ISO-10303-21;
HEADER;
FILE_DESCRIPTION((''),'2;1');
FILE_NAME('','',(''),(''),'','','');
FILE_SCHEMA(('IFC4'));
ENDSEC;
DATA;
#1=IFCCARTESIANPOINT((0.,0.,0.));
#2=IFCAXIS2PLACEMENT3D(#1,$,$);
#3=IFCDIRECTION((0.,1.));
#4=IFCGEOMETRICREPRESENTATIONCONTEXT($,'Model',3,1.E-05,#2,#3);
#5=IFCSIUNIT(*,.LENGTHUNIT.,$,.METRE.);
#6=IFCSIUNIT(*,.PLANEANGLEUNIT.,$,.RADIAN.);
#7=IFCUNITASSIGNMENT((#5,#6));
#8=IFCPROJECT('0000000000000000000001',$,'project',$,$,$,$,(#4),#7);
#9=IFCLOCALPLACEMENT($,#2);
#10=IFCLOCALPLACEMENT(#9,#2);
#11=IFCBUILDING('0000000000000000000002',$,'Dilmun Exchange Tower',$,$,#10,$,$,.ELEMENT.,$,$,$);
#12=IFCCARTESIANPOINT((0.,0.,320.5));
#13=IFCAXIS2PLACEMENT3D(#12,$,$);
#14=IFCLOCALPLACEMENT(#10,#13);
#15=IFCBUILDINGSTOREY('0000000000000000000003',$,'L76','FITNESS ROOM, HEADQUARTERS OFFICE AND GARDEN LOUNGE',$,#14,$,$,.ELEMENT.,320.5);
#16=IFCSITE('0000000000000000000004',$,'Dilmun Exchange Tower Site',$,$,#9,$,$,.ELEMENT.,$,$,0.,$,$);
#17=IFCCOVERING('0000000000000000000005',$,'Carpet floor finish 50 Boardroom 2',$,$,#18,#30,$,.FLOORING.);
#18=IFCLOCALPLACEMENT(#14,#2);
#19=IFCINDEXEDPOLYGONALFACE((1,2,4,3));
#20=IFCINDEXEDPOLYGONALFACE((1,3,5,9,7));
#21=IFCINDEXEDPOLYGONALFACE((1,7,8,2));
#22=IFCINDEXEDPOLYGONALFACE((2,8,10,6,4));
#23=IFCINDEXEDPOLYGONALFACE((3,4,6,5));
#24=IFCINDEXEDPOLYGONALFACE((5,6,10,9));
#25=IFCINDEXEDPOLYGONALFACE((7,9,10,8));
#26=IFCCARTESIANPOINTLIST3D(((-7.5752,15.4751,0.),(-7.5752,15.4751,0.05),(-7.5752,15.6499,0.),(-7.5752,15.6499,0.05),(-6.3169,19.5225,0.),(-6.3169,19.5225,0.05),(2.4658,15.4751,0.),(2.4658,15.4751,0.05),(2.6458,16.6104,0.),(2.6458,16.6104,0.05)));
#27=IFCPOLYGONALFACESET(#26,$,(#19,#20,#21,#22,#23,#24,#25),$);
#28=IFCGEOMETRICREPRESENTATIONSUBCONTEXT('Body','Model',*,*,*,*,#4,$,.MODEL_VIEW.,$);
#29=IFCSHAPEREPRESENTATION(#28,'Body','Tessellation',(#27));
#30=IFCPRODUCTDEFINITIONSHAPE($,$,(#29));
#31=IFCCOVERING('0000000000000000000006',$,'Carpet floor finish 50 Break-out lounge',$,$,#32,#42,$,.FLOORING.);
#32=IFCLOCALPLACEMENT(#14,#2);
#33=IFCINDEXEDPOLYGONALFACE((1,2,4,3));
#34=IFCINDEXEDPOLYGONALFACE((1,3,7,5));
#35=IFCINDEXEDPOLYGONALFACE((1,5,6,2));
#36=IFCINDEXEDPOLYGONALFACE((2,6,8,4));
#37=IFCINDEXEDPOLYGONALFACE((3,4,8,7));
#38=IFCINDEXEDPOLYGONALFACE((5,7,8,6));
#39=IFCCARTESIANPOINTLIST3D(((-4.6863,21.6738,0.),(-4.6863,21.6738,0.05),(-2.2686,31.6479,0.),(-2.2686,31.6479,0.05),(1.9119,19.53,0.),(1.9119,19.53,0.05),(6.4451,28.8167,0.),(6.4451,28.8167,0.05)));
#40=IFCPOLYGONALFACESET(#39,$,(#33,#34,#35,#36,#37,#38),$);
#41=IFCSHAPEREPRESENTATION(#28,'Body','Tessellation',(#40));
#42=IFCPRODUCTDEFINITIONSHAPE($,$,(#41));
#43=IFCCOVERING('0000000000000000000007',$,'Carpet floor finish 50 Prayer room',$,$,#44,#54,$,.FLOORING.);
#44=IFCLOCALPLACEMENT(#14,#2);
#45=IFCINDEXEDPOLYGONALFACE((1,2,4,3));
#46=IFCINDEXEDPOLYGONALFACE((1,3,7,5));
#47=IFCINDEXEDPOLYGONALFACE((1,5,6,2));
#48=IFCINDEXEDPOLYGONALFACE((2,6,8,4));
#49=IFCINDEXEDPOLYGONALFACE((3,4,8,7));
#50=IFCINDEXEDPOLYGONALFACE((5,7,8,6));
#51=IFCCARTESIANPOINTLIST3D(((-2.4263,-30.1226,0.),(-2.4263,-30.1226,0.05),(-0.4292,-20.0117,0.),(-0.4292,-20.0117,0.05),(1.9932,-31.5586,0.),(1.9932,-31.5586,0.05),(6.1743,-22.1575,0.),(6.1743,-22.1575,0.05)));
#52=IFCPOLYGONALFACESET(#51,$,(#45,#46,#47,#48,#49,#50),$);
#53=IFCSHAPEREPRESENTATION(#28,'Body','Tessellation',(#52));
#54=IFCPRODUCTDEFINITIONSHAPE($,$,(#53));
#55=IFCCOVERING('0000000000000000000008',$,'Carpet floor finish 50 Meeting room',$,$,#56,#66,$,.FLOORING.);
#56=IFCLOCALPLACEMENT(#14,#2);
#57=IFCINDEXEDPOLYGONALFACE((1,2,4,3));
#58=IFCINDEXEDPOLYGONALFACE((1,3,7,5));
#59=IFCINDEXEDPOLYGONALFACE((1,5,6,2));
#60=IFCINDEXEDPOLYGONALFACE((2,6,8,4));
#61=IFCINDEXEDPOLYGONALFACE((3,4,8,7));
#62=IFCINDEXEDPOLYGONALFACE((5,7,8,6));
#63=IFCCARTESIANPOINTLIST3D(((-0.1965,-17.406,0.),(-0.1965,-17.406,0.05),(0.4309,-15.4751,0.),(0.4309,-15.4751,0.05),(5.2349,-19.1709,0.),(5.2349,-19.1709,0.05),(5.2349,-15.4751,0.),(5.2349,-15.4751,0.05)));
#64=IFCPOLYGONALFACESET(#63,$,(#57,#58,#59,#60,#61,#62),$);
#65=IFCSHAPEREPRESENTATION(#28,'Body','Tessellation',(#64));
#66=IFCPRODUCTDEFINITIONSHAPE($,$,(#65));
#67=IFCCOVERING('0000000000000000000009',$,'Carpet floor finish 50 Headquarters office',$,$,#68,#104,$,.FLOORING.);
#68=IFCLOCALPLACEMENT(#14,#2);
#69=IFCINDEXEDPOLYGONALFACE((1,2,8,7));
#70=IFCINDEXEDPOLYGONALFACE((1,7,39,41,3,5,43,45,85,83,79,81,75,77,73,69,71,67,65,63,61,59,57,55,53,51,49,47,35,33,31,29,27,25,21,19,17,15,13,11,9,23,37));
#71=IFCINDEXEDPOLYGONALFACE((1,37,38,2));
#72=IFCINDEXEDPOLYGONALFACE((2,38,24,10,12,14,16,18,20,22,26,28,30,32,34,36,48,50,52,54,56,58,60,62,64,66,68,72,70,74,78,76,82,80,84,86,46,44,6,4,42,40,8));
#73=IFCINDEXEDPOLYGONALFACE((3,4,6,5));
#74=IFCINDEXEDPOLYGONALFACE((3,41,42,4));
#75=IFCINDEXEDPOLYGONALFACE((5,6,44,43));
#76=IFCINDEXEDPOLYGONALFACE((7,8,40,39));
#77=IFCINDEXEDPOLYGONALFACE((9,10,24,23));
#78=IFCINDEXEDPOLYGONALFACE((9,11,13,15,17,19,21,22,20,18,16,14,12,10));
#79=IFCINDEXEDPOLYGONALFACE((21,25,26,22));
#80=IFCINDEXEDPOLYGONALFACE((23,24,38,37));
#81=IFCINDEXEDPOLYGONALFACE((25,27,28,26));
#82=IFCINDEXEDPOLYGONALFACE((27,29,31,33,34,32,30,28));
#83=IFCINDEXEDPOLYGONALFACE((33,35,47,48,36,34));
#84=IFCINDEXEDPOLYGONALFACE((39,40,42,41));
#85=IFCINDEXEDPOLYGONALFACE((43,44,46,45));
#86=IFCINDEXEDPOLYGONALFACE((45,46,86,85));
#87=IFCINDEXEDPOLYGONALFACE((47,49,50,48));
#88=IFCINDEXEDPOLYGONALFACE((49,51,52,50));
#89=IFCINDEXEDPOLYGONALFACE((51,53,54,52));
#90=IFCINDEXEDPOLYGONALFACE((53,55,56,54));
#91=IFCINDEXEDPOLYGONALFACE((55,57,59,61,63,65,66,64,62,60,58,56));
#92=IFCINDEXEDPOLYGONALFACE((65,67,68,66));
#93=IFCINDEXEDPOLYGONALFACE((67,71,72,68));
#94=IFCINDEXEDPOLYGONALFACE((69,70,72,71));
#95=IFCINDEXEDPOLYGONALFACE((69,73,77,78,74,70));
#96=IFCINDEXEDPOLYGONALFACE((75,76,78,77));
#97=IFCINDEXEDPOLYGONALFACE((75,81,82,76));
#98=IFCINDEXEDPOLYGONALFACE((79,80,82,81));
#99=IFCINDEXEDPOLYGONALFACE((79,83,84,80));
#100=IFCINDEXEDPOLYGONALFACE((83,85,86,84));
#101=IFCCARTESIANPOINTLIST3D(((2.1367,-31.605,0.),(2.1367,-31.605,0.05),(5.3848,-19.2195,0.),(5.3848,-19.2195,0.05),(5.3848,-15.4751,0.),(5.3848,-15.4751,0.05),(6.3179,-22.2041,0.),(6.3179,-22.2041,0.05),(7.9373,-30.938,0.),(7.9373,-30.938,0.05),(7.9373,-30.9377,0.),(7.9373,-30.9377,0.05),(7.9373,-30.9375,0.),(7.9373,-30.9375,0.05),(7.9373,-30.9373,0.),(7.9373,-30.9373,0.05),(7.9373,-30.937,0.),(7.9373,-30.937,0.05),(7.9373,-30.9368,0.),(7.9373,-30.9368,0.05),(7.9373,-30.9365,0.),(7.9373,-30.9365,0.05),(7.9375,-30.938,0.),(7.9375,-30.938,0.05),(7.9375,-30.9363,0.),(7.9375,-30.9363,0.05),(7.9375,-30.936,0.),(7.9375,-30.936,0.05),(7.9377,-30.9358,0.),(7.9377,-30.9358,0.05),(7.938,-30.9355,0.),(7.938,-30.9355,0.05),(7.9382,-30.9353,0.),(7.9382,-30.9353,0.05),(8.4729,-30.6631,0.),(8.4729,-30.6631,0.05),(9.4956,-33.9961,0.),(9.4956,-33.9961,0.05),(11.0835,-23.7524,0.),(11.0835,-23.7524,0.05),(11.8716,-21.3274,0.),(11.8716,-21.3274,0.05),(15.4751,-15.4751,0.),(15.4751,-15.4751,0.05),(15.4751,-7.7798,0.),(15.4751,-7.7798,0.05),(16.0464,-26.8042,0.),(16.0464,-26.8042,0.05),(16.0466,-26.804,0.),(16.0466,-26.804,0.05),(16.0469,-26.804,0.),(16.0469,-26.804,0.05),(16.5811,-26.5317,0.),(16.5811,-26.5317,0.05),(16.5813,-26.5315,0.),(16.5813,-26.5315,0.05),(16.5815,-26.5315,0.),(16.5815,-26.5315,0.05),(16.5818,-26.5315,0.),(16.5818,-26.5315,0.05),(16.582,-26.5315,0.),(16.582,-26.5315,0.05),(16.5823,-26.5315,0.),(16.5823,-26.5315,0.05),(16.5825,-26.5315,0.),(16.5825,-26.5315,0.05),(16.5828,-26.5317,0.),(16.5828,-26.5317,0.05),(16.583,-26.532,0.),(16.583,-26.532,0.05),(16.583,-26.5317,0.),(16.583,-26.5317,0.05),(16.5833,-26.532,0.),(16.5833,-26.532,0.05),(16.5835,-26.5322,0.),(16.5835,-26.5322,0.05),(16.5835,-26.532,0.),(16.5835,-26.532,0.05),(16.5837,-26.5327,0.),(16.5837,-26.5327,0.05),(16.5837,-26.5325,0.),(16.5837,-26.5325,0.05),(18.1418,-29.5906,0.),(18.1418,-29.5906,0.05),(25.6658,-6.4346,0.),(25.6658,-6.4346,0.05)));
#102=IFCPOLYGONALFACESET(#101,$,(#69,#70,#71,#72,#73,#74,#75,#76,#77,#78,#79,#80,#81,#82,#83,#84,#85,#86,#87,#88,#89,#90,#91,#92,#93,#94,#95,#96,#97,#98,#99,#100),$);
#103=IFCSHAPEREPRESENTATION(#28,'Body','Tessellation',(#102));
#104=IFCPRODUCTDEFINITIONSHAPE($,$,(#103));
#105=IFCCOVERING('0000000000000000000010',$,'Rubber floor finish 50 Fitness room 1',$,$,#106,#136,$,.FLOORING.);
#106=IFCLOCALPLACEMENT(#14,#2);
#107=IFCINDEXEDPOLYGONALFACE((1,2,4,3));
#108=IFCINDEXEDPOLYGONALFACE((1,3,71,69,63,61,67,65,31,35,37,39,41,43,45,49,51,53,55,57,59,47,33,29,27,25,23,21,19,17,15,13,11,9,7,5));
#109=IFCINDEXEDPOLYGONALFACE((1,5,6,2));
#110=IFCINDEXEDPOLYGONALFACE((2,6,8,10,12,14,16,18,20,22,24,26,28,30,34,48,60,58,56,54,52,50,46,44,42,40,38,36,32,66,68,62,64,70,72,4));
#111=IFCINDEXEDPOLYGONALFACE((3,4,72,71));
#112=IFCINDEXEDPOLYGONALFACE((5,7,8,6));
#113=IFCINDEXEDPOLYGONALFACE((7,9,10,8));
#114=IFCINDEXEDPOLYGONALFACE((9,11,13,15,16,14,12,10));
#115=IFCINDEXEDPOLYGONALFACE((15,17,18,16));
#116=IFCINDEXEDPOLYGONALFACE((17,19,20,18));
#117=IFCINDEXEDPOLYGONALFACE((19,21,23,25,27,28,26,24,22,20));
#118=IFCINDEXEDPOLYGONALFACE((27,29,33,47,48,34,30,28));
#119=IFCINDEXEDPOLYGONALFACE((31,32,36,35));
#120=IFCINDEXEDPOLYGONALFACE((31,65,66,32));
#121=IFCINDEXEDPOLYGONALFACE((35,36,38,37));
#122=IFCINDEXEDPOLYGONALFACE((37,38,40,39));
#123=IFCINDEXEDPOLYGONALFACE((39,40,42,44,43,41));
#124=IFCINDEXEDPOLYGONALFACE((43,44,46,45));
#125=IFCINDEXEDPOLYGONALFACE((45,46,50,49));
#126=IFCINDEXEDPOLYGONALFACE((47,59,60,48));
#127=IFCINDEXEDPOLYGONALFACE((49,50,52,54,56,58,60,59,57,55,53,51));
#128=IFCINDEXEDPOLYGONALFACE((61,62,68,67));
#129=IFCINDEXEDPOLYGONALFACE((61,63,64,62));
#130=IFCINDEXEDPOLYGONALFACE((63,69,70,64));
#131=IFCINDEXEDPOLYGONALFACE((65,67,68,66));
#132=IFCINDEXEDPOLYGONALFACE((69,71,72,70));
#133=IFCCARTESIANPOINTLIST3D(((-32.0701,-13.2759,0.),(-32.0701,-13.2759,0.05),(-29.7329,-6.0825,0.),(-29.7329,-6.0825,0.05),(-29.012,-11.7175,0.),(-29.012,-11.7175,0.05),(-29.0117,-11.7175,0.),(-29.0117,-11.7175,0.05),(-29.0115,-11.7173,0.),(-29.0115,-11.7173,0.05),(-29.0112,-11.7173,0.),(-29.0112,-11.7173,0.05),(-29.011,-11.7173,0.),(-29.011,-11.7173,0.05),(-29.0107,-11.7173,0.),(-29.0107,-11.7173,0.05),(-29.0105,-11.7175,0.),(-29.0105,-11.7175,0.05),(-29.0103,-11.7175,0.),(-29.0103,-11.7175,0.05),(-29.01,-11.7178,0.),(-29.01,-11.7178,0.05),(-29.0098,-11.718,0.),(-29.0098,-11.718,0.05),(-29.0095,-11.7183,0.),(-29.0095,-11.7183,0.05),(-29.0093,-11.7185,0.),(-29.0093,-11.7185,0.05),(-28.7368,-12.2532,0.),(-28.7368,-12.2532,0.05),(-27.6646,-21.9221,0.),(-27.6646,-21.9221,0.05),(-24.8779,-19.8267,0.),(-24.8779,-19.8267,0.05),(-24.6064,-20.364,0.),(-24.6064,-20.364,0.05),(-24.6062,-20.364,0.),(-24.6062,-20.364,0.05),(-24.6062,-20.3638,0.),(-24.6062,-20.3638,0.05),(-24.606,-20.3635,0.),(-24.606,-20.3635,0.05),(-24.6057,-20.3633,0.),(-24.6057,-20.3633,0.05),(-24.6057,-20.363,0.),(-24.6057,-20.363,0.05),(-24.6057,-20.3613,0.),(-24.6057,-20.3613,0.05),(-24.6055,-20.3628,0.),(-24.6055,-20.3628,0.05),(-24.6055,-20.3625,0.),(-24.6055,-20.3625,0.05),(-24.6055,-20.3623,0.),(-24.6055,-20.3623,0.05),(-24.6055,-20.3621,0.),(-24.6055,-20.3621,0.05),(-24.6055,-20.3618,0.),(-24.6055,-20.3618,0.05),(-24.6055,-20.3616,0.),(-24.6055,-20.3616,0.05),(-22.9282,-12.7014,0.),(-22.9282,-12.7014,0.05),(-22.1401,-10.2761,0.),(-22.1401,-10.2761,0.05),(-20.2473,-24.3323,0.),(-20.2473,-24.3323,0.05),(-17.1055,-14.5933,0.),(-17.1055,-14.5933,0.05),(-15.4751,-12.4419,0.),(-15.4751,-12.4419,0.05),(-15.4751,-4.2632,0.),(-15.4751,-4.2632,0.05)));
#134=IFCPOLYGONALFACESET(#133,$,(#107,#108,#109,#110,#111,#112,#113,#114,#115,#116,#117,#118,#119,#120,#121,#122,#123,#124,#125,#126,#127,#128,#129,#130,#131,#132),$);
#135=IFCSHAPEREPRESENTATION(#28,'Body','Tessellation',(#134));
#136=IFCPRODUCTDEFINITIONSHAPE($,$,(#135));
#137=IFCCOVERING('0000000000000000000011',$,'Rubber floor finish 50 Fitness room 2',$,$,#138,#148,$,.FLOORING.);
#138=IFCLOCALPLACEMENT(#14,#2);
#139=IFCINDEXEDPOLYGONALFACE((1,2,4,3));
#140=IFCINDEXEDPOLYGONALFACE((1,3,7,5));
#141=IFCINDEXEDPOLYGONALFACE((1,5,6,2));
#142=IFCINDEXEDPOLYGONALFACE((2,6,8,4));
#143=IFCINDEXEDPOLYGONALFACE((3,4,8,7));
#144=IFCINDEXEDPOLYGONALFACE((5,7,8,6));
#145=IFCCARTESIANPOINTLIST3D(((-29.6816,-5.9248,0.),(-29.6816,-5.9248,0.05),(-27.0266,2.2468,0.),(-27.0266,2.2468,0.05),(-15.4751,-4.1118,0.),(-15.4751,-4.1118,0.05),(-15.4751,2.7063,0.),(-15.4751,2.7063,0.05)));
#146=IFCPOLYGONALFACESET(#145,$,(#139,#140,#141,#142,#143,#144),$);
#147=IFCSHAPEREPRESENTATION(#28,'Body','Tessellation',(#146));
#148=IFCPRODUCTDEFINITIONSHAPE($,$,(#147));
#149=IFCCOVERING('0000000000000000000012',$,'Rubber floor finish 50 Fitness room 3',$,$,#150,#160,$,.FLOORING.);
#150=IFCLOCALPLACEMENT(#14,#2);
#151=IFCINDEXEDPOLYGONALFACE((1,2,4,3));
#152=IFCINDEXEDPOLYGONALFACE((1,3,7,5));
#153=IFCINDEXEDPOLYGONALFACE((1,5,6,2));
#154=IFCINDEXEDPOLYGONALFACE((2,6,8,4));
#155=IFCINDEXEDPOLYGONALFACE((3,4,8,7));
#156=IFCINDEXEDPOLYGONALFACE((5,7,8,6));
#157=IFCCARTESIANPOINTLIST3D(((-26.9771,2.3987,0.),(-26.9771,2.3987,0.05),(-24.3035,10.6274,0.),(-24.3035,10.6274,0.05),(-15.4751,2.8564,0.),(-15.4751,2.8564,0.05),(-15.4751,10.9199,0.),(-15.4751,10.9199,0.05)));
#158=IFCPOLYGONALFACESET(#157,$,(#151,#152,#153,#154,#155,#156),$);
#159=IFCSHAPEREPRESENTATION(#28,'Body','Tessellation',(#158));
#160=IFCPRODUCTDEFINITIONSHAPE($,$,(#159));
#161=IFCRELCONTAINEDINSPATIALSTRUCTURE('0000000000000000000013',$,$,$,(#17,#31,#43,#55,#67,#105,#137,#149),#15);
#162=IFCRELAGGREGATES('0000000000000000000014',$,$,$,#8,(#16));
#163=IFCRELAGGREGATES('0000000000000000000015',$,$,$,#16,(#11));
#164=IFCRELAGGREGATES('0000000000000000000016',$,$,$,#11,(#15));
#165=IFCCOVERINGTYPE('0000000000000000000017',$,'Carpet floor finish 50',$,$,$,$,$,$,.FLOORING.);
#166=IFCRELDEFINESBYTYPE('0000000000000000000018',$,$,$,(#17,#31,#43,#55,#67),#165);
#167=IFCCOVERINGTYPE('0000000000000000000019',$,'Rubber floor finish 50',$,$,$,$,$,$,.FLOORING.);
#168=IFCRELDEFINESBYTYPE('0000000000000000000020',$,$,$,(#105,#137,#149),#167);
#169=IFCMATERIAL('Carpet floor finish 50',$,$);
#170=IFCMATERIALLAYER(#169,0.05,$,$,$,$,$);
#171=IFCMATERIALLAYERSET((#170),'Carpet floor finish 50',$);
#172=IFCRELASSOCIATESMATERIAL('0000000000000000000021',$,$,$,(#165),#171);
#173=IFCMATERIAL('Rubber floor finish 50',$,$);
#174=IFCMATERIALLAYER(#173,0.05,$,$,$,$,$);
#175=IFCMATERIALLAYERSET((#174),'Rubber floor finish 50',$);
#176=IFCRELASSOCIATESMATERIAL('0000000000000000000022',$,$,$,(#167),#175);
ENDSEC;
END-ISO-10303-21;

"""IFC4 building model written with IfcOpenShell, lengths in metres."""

from ifc_helpers import new_model, si_unit, direction, frame, origin, place, context, subcontext, project, spatial, polyline, outline, extrude, material, layer, layer_set, type_object, element, save


model = new_model("IFC4")

# Units and contexts
model_context = context("Model", 3, precision=1e-05, world=origin(), true_north=direction((0.0, 1.0)))
body_context = subcontext(model_context, "Body", "Model", "MODEL_VIEW")
ifc_project = project(units=[si_unit("LENGTHUNIT", "METRE"), si_unit("PLANEANGLEUNIT", "RADIAN")], contexts=[model_context])

# Site, building, storey
site_placement = place(None, origin())
site = spatial("IfcSite", under=ifc_project, at=site_placement, Name="Dilmun Exchange Tower Site", CompositionType="ELEMENT", RefElevation=0.0)
building_placement = place(site_placement, origin())
building = spatial("IfcBuilding", under=site, at=building_placement, Name="Dilmun Exchange Tower", CompositionType="ELEMENT")
storey_placement = place(building_placement, frame((0.0, 0.0, 320.5)))
storey = spatial("IfcBuildingStorey", under=building, at=storey_placement, Name="L76", Description="FITNESS ROOM, HEADQUARTERS OFFICE AND GARDEN LOUNGE", CompositionType="ELEMENT", Elevation=320.5)

# Coverings
ifc_material_1 = material(Name="Carpet floor finish 50")
ifc_layer_1 = layer(ifc_material_1, 0.05)
ifc_layer_set_1 = layer_set([ifc_layer_1], Name="Carpet floor finish 50")
covering_type_1 = type_object("IfcCoveringType", Name="Carpet floor finish 50", PredefinedType="FLOORING", material=ifc_layer_set_1)
covering_1_placement = place(storey_placement, origin())
element("IfcCovering", 1, at=covering_1_placement, inside=storey, type_object=covering_type_1, Name="Carpet floor finish 50 Boardroom 2", PredefinedType="FLOORING", context=body_context, shape_type="SweptSolid", body=[
    extrude(outline(polyline([(2.6458, 16.6104), (2.4658, 15.4751), (-7.5752, 15.4751), (-7.5752, 15.6499), (-6.3169, 19.5225), (2.6458, 16.6104)])), origin(), (0.0, 0.0, 1.0), 0.05),
])
covering_2_placement = place(storey_placement, origin())
element("IfcCovering", 2, at=covering_2_placement, inside=storey, type_object=covering_type_1, Name="Carpet floor finish 50 Break-out lounge", PredefinedType="FLOORING", context=body_context, shape_type="SweptSolid", body=[
    extrude(outline(polyline([(1.9119, 19.53), (-4.6863, 21.6738), (-2.2686, 31.6479), (6.4451, 28.8167), (1.9119, 19.53)])), origin(), (0.0, 0.0, 1.0), 0.05),
])
covering_3_placement = place(storey_placement, origin())
element("IfcCovering", 3, at=covering_3_placement, inside=storey, type_object=covering_type_1, Name="Carpet floor finish 50 Prayer room", PredefinedType="FLOORING", context=body_context, shape_type="SweptSolid", body=[
    extrude(outline(polyline([(6.1743, -22.1575), (1.9932, -31.5586), (-2.4263, -30.1226), (-0.4292, -20.0117), (6.1743, -22.1575)])), origin(), (0.0, 0.0, 1.0), 0.05),
])
covering_4_placement = place(storey_placement, origin())
element("IfcCovering", 4, at=covering_4_placement, inside=storey, type_object=covering_type_1, Name="Carpet floor finish 50 Meeting room", PredefinedType="FLOORING", context=body_context, shape_type="SweptSolid", body=[
    extrude(outline(polyline([(5.2349, -19.1709), (-0.1965, -17.406), (0.4309, -15.4751), (5.2349, -15.4751), (5.2349, -19.1709)])), origin(), (0.0, 0.0, 1.0), 0.05),
])
covering_5_placement = place(storey_placement, origin())
element("IfcCovering", 5, at=covering_5_placement, inside=storey, type_object=covering_type_1, Name="Carpet floor finish 50 Headquarters office", PredefinedType="FLOORING", context=body_context, shape_type="SweptSolid", body=[
    extrude(outline(polyline([(6.3179, -22.2041), (11.0835, -23.7524), (11.8716, -21.3274), (5.3848, -19.2195), (5.3848, -15.4751), (15.4751, -15.4751), (15.4751, -7.7798), (25.6658, -6.4346), (18.1418, -29.5906), (16.5837, -26.5327), (16.5837, -26.5325), (16.5835, -26.5322), (16.5835, -26.532), (16.5833, -26.532), (16.583, -26.532), (16.583, -26.5317), (16.5828, -26.5317), (16.5825, -26.5315), (16.5825, -26.5315), (16.5823, -26.5315), (16.582, -26.5315), (16.5818, -26.5315), (16.5818, -26.5315), (16.5815, -26.5315), (16.5813, -26.5315), (16.5811, -26.5317), (16.0469, -26.804), (16.0469, -26.804), (16.0466, -26.804), (16.0464, -26.8042), (8.4729, -30.6631), (8.4729, -30.6631), (7.9382, -30.9353), (7.938, -30.9355), (7.938, -30.9355), (7.9377, -30.9358), (7.9377, -30.9358), (7.9375, -30.936), (7.9375, -30.9363), (7.9375, -30.9363), (7.9373, -30.9365), (7.9373, -30.9368), (7.9373, -30.937), (7.9373, -30.9373), (7.9373, -30.9375), (7.9373, -30.9375), (7.9373, -30.9377), (7.9373, -30.938), (7.9375, -30.938), (9.4956, -33.9961), (2.1367, -31.605), (6.3179, -22.2041)])), origin(), (0.0, 0.0, 1.0), 0.05),
])
ifc_material_2 = material(Name="Rubber floor finish 50")
ifc_layer_2 = layer(ifc_material_2, 0.05)
ifc_layer_set_2 = layer_set([ifc_layer_2], Name="Rubber floor finish 50")
covering_type_2 = type_object("IfcCoveringType", Name="Rubber floor finish 50", PredefinedType="FLOORING", material=ifc_layer_set_2)
covering_6_placement = place(storey_placement, origin())
element("IfcCovering", 6, at=covering_6_placement, inside=storey, type_object=covering_type_2, Name="Rubber floor finish 50 Fitness room 1", PredefinedType="FLOORING", context=body_context, shape_type="SweptSolid", body=[
    extrude(outline(polyline([(-15.4751, -4.2632), (-15.4751, -12.4419), (-22.1401, -10.2761), (-22.9282, -12.7014), (-17.1055, -14.5933), (-20.2473, -24.3323), (-27.6646, -21.9221), (-24.6064, -20.364), (-24.6062, -20.364), (-24.6062, -20.3638), (-24.606, -20.3635), (-24.606, -20.3635), (-24.6057, -20.3633), (-24.6057, -20.3633), (-24.6057, -20.363), (-24.6055, -20.3628), (-24.6055, -20.3625), (-24.6055, -20.3623), (-24.6055, -20.3623), (-24.6055, -20.3621), (-24.6055, -20.3618), (-24.6055, -20.3618), (-24.6055, -20.3616), (-24.6057, -20.3613), (-24.8779, -19.8267), (-24.8779, -19.8267), (-28.7368, -12.2532), (-28.7368, -12.2532), (-29.0093, -11.7185), (-29.0095, -11.7183), (-29.0095, -11.7183), (-29.0098, -11.718), (-29.0098, -11.718), (-29.01, -11.7178), (-29.01, -11.7178), (-29.0103, -11.7175), (-29.0105, -11.7175), (-29.0107, -11.7173), (-29.011, -11.7173), (-29.011, -11.7173), (-29.0112, -11.7173), (-29.0115, -11.7173), (-29.0117, -11.7175), (-29.0117, -11.7175), (-29.012, -11.7175), (-32.0701, -13.2759), (-29.7329, -6.0825), (-15.4751, -4.2632)])), origin(), (0.0, 0.0, 1.0), 0.05),
])
covering_7_placement = place(storey_placement, origin())
element("IfcCovering", 7, at=covering_7_placement, inside=storey, type_object=covering_type_2, Name="Rubber floor finish 50 Fitness room 2", PredefinedType="FLOORING", context=body_context, shape_type="SweptSolid", body=[
    extrude(outline(polyline([(-15.4751, -4.1118), (-29.6816, -5.9248), (-27.0266, 2.2468), (-15.4751, 2.7063), (-15.4751, -4.1118)])), origin(), (0.0, 0.0, 1.0), 0.05),
])
covering_8_placement = place(storey_placement, origin())
element("IfcCovering", 8, at=covering_8_placement, inside=storey, type_object=covering_type_2, Name="Rubber floor finish 50 Fitness room 3", PredefinedType="FLOORING", context=body_context, shape_type="SweptSolid", body=[
    extrude(outline(polyline([(-15.4751, 2.8564), (-26.9771, 2.3987), (-24.3035, 10.6274), (-15.4751, 10.9199), (-15.4751, 2.8564)])), origin(), (0.0, 0.0, 1.0), 0.05),
])

save(model, "model.ifc")
